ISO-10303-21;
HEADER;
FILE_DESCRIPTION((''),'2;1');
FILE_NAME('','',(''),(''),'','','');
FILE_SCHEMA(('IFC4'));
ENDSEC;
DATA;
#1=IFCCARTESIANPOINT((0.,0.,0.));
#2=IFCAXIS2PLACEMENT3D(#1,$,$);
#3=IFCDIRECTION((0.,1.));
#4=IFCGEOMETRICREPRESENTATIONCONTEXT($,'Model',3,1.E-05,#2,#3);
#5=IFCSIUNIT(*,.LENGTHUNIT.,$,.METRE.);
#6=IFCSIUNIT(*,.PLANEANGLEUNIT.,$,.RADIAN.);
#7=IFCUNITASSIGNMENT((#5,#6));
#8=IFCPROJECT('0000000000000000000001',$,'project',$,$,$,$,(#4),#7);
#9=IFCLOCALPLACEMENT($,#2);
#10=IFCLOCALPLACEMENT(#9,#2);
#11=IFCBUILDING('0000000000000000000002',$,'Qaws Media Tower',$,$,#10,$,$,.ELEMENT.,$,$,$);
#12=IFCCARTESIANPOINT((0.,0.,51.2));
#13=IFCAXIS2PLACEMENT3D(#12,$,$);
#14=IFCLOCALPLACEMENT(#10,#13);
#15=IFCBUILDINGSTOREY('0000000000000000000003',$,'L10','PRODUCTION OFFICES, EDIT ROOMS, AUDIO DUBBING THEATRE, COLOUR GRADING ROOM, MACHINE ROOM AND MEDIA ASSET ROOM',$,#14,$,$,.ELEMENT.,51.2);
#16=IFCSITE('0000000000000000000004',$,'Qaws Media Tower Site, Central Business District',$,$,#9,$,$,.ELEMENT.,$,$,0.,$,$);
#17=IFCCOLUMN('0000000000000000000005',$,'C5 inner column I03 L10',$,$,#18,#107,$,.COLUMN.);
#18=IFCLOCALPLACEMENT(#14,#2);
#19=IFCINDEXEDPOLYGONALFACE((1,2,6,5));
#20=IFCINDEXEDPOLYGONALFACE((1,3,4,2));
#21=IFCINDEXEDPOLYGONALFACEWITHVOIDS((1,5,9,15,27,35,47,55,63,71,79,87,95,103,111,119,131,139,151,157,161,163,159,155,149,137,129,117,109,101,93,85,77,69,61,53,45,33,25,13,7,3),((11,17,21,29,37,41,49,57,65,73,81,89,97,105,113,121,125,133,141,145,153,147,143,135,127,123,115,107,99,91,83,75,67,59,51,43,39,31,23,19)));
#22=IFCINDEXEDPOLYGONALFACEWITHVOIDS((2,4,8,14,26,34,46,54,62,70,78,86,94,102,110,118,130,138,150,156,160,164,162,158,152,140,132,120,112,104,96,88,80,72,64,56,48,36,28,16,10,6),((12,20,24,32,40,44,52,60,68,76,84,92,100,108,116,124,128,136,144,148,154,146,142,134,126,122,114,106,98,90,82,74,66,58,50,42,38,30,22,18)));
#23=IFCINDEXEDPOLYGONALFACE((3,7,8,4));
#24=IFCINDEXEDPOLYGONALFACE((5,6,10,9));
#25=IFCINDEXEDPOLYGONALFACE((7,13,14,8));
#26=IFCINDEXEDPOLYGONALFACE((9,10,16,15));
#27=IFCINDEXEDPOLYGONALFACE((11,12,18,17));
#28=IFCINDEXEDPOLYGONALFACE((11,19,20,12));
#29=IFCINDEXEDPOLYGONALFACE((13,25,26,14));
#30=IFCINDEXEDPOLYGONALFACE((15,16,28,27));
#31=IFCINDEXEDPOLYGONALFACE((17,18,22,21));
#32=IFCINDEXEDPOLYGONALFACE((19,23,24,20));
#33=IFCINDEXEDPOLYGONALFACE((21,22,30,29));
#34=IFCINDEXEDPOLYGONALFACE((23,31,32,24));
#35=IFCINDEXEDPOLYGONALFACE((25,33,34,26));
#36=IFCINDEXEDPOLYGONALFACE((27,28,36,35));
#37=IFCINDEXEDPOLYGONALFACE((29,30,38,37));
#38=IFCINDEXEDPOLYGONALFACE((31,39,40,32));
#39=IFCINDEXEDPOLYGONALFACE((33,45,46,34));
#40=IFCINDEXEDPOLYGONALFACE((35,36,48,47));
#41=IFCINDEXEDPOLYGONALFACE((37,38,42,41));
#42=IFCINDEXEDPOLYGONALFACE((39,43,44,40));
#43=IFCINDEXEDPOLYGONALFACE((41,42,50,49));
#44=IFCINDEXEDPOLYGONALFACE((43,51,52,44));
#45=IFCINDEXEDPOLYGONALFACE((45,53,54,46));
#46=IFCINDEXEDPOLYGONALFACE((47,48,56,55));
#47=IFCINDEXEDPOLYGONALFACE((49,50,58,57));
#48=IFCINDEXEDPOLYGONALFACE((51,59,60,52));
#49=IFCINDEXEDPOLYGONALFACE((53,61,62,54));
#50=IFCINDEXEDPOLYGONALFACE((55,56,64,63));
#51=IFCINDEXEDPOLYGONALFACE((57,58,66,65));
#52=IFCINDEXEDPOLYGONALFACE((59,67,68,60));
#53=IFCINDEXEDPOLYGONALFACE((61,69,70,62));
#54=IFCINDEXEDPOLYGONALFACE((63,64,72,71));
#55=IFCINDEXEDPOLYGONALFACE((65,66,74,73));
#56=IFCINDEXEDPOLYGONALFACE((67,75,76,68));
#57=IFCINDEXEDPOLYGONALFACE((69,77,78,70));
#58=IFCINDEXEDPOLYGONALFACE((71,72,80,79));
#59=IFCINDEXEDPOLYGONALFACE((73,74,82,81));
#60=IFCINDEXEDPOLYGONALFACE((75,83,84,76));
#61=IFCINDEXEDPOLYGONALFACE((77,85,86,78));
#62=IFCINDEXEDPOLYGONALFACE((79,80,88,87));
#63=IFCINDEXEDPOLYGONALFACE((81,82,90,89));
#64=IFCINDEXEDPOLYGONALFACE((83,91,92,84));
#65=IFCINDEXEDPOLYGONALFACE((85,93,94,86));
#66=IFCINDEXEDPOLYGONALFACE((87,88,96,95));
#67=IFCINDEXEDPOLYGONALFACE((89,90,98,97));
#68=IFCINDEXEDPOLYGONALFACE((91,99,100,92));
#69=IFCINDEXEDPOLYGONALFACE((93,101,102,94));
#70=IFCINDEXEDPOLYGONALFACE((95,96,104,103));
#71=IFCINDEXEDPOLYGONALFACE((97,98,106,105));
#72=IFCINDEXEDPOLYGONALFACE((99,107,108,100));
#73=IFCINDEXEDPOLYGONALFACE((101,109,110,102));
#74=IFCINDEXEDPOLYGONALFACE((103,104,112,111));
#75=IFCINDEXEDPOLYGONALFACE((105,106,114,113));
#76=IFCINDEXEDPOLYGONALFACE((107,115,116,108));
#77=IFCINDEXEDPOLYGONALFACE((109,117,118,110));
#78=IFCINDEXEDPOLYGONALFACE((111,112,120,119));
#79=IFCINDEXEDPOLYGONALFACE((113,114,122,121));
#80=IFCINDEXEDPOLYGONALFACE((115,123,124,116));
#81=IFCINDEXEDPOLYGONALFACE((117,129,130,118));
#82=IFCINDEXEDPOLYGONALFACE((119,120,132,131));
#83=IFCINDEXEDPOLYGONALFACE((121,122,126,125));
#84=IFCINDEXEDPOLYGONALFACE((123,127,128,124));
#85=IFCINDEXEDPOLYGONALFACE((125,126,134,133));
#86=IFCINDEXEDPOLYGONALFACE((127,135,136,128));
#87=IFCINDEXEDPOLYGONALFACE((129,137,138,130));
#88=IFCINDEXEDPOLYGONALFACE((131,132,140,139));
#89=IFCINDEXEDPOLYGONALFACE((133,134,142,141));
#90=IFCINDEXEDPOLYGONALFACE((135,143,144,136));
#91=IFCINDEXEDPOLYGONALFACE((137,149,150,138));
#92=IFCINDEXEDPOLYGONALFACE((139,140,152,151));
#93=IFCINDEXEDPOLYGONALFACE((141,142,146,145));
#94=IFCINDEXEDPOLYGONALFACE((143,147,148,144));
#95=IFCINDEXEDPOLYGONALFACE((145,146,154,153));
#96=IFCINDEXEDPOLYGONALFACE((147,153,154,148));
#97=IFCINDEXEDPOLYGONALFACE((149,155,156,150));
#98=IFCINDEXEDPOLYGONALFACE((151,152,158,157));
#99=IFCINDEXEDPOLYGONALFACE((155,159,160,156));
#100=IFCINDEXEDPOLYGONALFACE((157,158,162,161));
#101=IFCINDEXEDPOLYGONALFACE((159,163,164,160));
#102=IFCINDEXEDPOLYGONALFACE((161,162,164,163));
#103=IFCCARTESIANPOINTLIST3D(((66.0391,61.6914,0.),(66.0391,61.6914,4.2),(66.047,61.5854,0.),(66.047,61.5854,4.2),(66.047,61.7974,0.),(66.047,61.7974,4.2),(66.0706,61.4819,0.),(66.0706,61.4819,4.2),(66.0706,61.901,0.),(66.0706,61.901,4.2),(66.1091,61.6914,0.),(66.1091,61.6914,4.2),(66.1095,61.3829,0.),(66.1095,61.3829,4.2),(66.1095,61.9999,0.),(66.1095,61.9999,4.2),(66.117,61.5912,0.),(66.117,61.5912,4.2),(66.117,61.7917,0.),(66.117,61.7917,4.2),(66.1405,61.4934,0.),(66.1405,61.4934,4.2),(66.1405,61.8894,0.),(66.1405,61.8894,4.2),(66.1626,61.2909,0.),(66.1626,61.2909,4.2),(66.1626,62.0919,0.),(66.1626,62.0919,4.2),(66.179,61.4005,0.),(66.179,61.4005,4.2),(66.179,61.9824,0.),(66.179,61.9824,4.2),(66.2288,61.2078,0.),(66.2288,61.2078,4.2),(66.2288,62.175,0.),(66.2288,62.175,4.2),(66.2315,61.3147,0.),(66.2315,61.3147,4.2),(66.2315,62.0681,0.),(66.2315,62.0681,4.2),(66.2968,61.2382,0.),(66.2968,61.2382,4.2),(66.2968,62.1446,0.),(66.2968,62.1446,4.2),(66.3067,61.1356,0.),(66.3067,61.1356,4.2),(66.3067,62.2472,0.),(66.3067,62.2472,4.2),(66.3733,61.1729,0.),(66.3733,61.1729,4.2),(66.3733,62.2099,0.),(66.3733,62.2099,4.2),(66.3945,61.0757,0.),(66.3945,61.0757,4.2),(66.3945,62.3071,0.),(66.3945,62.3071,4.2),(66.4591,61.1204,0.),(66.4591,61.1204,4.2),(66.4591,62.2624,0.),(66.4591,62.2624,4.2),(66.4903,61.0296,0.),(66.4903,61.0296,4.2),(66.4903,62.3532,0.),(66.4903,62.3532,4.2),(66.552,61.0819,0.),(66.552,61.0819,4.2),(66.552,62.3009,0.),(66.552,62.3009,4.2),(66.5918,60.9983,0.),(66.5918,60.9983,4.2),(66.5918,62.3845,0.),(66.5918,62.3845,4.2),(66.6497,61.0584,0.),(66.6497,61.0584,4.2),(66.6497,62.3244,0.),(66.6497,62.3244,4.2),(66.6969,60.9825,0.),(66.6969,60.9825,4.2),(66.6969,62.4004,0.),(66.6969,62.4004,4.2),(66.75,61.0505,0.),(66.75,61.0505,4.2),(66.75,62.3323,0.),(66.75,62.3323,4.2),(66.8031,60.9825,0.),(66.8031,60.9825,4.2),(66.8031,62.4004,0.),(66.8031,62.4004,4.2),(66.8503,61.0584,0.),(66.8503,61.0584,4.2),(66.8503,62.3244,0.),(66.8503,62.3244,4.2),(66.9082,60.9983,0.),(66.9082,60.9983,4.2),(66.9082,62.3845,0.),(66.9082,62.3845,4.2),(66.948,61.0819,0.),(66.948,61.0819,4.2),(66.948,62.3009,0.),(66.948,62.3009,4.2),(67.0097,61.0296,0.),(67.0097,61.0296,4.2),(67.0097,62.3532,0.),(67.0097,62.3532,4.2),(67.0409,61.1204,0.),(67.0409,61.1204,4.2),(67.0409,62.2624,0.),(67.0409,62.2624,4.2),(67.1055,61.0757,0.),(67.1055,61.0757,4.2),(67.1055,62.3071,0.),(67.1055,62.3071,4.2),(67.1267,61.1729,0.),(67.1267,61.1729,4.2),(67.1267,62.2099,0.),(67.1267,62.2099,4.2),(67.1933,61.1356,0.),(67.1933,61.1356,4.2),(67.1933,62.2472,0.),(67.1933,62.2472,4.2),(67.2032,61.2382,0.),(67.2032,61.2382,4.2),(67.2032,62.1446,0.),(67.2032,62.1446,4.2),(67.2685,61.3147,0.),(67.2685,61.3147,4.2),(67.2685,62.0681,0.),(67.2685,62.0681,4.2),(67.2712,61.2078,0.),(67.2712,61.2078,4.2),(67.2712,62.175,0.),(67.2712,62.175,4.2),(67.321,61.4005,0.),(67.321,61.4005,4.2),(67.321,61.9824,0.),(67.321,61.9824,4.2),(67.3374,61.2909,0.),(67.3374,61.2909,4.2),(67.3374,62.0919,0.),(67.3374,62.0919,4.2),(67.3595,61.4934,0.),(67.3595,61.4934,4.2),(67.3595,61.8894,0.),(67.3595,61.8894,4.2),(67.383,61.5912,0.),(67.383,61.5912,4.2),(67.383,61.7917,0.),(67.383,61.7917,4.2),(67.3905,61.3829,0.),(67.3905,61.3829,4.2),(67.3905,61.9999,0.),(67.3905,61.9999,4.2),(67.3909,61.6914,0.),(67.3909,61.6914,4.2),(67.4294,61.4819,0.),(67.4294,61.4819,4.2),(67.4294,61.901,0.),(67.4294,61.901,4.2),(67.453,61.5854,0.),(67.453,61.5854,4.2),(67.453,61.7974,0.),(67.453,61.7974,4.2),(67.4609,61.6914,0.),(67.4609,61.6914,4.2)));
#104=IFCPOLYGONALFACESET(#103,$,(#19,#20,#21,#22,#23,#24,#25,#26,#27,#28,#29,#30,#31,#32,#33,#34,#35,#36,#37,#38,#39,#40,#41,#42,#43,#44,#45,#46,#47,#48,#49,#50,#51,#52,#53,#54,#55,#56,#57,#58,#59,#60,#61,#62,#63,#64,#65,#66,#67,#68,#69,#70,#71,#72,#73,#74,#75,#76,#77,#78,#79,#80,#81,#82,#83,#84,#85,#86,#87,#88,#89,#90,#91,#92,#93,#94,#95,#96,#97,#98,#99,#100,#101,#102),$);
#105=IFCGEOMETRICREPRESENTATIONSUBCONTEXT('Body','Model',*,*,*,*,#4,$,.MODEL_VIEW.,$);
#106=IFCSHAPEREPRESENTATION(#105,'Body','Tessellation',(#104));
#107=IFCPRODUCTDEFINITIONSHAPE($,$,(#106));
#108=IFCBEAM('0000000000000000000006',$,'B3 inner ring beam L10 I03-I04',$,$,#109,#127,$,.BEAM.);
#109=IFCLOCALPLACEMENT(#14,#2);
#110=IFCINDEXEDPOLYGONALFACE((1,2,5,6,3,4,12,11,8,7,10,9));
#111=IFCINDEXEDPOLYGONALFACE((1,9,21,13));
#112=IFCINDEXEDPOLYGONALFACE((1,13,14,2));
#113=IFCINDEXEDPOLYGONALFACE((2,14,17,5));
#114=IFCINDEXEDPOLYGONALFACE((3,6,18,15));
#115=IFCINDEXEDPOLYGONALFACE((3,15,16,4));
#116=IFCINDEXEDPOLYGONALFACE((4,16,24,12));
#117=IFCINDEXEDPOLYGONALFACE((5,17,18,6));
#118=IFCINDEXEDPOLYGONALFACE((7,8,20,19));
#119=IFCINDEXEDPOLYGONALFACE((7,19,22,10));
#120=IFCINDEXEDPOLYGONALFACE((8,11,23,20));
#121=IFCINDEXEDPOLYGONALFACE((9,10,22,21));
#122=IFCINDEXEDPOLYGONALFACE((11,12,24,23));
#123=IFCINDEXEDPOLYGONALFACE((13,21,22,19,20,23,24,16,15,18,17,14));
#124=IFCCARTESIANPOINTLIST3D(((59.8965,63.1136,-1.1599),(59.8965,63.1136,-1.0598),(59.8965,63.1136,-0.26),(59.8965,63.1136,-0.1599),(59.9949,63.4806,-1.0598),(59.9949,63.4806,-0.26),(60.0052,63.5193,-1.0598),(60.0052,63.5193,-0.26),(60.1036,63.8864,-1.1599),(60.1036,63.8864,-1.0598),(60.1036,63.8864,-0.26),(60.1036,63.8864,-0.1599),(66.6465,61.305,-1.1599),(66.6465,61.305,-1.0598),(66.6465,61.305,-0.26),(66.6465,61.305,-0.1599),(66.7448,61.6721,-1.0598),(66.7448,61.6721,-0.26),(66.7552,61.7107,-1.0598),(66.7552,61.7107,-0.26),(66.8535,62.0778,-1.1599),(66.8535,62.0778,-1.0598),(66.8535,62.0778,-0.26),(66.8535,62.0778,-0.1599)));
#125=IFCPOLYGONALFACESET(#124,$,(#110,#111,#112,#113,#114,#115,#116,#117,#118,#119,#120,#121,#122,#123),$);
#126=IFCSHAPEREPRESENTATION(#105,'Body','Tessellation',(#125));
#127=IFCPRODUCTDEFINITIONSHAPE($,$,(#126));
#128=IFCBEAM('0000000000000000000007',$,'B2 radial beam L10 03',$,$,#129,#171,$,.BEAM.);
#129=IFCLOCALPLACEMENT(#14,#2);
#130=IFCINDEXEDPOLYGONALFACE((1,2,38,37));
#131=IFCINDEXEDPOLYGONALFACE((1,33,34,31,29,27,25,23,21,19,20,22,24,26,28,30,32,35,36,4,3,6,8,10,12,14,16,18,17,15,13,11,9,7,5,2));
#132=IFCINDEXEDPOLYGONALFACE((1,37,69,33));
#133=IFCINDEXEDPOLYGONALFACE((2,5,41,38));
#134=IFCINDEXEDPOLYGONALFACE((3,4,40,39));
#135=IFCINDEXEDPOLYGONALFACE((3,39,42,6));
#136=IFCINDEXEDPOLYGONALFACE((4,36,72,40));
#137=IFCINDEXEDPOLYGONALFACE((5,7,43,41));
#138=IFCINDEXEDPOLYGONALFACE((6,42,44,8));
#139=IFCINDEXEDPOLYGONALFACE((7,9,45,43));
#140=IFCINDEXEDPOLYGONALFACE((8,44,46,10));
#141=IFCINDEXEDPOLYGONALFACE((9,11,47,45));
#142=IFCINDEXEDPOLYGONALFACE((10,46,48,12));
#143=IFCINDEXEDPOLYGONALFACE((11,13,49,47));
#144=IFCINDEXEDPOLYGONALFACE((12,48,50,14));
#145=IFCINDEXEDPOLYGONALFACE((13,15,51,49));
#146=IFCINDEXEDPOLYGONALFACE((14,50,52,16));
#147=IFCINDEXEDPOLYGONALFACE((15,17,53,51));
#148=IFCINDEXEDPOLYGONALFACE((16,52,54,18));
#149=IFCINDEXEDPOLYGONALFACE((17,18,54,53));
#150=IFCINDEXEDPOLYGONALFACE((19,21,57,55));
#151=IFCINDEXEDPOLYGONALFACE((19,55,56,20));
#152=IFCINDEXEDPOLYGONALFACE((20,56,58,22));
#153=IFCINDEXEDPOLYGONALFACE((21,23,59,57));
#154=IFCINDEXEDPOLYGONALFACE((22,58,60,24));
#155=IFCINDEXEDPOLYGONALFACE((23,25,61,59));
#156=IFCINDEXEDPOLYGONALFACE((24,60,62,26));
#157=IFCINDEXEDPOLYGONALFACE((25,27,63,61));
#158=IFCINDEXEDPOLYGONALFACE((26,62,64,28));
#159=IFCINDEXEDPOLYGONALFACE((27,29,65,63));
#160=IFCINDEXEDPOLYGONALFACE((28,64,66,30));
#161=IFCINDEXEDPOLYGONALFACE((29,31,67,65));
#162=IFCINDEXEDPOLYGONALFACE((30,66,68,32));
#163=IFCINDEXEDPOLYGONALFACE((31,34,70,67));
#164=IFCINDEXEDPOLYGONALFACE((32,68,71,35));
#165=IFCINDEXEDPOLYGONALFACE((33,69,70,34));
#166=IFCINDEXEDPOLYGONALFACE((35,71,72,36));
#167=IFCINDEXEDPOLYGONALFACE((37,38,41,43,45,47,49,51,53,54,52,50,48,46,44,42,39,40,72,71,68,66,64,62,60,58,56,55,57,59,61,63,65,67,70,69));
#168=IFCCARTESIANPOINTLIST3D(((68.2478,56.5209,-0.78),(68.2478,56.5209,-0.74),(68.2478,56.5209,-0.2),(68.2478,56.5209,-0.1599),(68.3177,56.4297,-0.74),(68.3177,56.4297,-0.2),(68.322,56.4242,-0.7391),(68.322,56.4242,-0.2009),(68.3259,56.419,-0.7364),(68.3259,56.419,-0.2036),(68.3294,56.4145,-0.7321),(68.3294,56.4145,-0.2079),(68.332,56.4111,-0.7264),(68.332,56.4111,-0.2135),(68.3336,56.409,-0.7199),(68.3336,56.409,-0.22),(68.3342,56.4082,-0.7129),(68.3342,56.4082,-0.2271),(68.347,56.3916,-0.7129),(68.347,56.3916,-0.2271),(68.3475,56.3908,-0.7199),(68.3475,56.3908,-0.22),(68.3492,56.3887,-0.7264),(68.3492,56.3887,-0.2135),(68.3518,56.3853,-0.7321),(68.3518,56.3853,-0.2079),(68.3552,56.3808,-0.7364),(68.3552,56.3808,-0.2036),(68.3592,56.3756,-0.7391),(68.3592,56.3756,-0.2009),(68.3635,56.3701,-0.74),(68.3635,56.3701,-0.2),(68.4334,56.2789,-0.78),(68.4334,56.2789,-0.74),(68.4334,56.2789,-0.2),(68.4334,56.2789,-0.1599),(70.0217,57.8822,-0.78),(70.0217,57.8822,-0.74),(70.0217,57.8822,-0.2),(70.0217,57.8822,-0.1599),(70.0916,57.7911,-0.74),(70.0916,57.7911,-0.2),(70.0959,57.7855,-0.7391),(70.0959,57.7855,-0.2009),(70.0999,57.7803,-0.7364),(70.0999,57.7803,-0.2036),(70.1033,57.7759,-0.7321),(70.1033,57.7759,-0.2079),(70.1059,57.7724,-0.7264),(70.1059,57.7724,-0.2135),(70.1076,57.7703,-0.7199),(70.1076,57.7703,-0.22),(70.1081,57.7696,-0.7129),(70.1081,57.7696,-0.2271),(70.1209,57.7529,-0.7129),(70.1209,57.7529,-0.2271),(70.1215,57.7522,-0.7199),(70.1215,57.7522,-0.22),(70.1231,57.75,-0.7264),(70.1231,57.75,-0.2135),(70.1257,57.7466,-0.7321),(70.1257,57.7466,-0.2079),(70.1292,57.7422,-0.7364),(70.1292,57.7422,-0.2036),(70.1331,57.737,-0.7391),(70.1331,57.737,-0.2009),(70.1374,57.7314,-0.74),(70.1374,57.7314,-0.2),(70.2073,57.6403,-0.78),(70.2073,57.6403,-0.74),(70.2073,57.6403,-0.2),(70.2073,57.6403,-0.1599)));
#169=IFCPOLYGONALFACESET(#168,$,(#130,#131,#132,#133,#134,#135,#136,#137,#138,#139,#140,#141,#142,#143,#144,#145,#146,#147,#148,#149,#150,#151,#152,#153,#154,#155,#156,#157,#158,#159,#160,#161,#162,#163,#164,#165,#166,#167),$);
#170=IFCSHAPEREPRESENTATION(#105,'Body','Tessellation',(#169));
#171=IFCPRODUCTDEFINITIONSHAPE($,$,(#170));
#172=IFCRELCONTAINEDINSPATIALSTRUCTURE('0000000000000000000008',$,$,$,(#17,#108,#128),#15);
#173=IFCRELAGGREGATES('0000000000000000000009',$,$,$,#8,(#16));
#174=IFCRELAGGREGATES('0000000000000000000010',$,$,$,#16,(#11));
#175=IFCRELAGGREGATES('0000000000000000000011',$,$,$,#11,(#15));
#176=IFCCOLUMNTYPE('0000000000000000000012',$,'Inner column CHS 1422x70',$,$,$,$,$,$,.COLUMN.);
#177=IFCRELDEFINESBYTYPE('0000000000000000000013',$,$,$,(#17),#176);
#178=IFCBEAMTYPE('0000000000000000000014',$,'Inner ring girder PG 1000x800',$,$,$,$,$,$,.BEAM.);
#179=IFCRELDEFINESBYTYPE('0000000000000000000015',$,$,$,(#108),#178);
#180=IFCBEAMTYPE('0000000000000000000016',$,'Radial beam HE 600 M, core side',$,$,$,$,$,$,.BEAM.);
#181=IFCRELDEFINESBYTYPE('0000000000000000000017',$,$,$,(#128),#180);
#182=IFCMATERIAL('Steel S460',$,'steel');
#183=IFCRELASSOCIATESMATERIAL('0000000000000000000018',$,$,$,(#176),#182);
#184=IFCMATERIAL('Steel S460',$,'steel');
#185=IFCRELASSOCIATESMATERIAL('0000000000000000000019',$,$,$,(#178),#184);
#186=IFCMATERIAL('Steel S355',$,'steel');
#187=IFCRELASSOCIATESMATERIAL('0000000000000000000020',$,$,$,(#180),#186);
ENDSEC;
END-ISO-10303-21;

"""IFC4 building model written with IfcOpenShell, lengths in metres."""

from ifc_helpers import new_model, si_unit, direction, frame, origin, origin_2d, place, context, subcontext, project, spatial, hollow_circle, i_section, extrude, material, material_profile, profile_set, type_object, element, save


model = new_model("IFC4")

# Units and contexts
model_context = context("Model", 3, precision=1e-05, world=origin(), true_north=direction((0.0, 1.0)))
body_context = subcontext(model_context, "Body", "Model", "MODEL_VIEW")
ifc_project = project(units=[si_unit("LENGTHUNIT", "METRE"), si_unit("PLANEANGLEUNIT", "RADIAN")], contexts=[model_context])

# Site, building, storey
site_placement = place(None, origin())
site = spatial("IfcSite", under=ifc_project, at=site_placement, Name="Qaws Media Tower Site, Central Business District", CompositionType="ELEMENT", RefElevation=0.0)
building_placement = place(site_placement, origin())
building = spatial("IfcBuilding", under=site, at=building_placement, Name="Qaws Media Tower", CompositionType="ELEMENT")
storey_placement = place(building_placement, frame((0.0, 0.0, 51.2)))
storey = spatial("IfcBuildingStorey", under=building, at=storey_placement, Name="L10", Description="PRODUCTION OFFICES, EDIT ROOMS, AUDIO DUBBING THEATRE, COLOUR GRADING ROOM, MACHINE ROOM AND MEDIA ASSET ROOM", CompositionType="ELEMENT", Elevation=51.2)

# Column
ifc_material_1 = material(Name="Steel S460", Category="steel")
ifc_material_profile_1 = material_profile(ifc_material_1, hollow_circle(Radius=0.7109, WallThickness=0.0701, at=origin_2d()), Name="CHS 1422x70")
ifc_profile_set_1 = profile_set([ifc_material_profile_1], Name="Steel S460")
column_type = type_object("IfcColumnType", Name="Inner column CHS 1422x70", PredefinedType="COLUMN", material=ifc_profile_set_1)
column_placement = place(storey_placement, frame((66.75, 61.6914, 0.0), z_axis=(0.0, 0.0, 1.0), x_axis=(1.0, 0.0, 0.0)))
element("IfcColumn", 1, at=column_placement, inside=storey, type_object=column_type, Name="C5 inner column I03 L10", PredefinedType="COLUMN", context=body_context, shape_type="SweptSolid", body=[
    extrude(hollow_circle(Radius=0.7109, WallThickness=0.0701, at=origin_2d()), origin(), (0.0, 0.0, 1.0), 4.2),
])

# Beams
ifc_material_2 = material(Name="Steel S460", Category="steel")
ifc_material_profile_2 = material_profile(ifc_material_2, i_section(OverallWidth=0.8, OverallDepth=1.0, WebThickness=0.04, FlangeThickness=0.1001, at=origin_2d()), Name="PG 1000x800")
ifc_profile_set_2 = profile_set([ifc_material_profile_2], Name="Steel S460")
beam_type_1 = type_object("IfcBeamType", Name="Inner ring girder PG 1000x800", PredefinedType="BEAM", material=ifc_profile_set_2)
beam_1_placement = place(storey_placement, frame((66.75, 61.6914, -0.6599), z_axis=(-0.965928, 0.258811, 0.0), x_axis=(-0.258811, -0.965928, 0.0)))
element("IfcBeam", 2, at=beam_1_placement, inside=storey, type_object=beam_type_1, Name="B3 inner ring beam L10 I03-I04", PredefinedType="BEAM", context=body_context, shape_type="SweptSolid", body=[
    extrude(i_section(OverallWidth=0.8, OverallDepth=1.0, WebThickness=0.04, FlangeThickness=0.1001, at=origin_2d()), origin(), (0.0, 0.0, 1.0), 6.988),
])
ifc_material_3 = material(Name="Steel S355", Category="steel")
ifc_material_profile_3 = material_profile(ifc_material_3, i_section(OverallWidth=0.3049, OverallDepth=0.6201, WebThickness=0.021, FlangeThickness=0.04, FilletRadius=0.0271, at=origin_2d()), Name="HE 600 M")
ifc_profile_set_3 = profile_set([ifc_material_profile_3], Name="Steel S355")
beam_type_2 = type_object("IfcBeamType", Name="Radial beam HE 600 M, core side", PredefinedType="BEAM", material=ifc_profile_set_3)
beam_2_placement = place(storey_placement, frame((68.3406, 56.3999, -0.47), z_axis=(0.793322, 0.608803, 0.0), x_axis=(-0.608803, 0.793322, 0.0)))
element("IfcBeam", 3, at=beam_2_placement, inside=storey, type_object=beam_type_2, Name="B2 radial beam L10 03", PredefinedType="BEAM", context=body_context, shape_type="SweptSolid", body=[
    extrude(i_section(OverallWidth=0.3049, OverallDepth=0.6201, WebThickness=0.021, FlangeThickness=0.04, FilletRadius=0.0271, at=origin_2d()), origin(), (0.0, 0.0, 1.0), 2.2361),
])

save(model, "model.ifc")
